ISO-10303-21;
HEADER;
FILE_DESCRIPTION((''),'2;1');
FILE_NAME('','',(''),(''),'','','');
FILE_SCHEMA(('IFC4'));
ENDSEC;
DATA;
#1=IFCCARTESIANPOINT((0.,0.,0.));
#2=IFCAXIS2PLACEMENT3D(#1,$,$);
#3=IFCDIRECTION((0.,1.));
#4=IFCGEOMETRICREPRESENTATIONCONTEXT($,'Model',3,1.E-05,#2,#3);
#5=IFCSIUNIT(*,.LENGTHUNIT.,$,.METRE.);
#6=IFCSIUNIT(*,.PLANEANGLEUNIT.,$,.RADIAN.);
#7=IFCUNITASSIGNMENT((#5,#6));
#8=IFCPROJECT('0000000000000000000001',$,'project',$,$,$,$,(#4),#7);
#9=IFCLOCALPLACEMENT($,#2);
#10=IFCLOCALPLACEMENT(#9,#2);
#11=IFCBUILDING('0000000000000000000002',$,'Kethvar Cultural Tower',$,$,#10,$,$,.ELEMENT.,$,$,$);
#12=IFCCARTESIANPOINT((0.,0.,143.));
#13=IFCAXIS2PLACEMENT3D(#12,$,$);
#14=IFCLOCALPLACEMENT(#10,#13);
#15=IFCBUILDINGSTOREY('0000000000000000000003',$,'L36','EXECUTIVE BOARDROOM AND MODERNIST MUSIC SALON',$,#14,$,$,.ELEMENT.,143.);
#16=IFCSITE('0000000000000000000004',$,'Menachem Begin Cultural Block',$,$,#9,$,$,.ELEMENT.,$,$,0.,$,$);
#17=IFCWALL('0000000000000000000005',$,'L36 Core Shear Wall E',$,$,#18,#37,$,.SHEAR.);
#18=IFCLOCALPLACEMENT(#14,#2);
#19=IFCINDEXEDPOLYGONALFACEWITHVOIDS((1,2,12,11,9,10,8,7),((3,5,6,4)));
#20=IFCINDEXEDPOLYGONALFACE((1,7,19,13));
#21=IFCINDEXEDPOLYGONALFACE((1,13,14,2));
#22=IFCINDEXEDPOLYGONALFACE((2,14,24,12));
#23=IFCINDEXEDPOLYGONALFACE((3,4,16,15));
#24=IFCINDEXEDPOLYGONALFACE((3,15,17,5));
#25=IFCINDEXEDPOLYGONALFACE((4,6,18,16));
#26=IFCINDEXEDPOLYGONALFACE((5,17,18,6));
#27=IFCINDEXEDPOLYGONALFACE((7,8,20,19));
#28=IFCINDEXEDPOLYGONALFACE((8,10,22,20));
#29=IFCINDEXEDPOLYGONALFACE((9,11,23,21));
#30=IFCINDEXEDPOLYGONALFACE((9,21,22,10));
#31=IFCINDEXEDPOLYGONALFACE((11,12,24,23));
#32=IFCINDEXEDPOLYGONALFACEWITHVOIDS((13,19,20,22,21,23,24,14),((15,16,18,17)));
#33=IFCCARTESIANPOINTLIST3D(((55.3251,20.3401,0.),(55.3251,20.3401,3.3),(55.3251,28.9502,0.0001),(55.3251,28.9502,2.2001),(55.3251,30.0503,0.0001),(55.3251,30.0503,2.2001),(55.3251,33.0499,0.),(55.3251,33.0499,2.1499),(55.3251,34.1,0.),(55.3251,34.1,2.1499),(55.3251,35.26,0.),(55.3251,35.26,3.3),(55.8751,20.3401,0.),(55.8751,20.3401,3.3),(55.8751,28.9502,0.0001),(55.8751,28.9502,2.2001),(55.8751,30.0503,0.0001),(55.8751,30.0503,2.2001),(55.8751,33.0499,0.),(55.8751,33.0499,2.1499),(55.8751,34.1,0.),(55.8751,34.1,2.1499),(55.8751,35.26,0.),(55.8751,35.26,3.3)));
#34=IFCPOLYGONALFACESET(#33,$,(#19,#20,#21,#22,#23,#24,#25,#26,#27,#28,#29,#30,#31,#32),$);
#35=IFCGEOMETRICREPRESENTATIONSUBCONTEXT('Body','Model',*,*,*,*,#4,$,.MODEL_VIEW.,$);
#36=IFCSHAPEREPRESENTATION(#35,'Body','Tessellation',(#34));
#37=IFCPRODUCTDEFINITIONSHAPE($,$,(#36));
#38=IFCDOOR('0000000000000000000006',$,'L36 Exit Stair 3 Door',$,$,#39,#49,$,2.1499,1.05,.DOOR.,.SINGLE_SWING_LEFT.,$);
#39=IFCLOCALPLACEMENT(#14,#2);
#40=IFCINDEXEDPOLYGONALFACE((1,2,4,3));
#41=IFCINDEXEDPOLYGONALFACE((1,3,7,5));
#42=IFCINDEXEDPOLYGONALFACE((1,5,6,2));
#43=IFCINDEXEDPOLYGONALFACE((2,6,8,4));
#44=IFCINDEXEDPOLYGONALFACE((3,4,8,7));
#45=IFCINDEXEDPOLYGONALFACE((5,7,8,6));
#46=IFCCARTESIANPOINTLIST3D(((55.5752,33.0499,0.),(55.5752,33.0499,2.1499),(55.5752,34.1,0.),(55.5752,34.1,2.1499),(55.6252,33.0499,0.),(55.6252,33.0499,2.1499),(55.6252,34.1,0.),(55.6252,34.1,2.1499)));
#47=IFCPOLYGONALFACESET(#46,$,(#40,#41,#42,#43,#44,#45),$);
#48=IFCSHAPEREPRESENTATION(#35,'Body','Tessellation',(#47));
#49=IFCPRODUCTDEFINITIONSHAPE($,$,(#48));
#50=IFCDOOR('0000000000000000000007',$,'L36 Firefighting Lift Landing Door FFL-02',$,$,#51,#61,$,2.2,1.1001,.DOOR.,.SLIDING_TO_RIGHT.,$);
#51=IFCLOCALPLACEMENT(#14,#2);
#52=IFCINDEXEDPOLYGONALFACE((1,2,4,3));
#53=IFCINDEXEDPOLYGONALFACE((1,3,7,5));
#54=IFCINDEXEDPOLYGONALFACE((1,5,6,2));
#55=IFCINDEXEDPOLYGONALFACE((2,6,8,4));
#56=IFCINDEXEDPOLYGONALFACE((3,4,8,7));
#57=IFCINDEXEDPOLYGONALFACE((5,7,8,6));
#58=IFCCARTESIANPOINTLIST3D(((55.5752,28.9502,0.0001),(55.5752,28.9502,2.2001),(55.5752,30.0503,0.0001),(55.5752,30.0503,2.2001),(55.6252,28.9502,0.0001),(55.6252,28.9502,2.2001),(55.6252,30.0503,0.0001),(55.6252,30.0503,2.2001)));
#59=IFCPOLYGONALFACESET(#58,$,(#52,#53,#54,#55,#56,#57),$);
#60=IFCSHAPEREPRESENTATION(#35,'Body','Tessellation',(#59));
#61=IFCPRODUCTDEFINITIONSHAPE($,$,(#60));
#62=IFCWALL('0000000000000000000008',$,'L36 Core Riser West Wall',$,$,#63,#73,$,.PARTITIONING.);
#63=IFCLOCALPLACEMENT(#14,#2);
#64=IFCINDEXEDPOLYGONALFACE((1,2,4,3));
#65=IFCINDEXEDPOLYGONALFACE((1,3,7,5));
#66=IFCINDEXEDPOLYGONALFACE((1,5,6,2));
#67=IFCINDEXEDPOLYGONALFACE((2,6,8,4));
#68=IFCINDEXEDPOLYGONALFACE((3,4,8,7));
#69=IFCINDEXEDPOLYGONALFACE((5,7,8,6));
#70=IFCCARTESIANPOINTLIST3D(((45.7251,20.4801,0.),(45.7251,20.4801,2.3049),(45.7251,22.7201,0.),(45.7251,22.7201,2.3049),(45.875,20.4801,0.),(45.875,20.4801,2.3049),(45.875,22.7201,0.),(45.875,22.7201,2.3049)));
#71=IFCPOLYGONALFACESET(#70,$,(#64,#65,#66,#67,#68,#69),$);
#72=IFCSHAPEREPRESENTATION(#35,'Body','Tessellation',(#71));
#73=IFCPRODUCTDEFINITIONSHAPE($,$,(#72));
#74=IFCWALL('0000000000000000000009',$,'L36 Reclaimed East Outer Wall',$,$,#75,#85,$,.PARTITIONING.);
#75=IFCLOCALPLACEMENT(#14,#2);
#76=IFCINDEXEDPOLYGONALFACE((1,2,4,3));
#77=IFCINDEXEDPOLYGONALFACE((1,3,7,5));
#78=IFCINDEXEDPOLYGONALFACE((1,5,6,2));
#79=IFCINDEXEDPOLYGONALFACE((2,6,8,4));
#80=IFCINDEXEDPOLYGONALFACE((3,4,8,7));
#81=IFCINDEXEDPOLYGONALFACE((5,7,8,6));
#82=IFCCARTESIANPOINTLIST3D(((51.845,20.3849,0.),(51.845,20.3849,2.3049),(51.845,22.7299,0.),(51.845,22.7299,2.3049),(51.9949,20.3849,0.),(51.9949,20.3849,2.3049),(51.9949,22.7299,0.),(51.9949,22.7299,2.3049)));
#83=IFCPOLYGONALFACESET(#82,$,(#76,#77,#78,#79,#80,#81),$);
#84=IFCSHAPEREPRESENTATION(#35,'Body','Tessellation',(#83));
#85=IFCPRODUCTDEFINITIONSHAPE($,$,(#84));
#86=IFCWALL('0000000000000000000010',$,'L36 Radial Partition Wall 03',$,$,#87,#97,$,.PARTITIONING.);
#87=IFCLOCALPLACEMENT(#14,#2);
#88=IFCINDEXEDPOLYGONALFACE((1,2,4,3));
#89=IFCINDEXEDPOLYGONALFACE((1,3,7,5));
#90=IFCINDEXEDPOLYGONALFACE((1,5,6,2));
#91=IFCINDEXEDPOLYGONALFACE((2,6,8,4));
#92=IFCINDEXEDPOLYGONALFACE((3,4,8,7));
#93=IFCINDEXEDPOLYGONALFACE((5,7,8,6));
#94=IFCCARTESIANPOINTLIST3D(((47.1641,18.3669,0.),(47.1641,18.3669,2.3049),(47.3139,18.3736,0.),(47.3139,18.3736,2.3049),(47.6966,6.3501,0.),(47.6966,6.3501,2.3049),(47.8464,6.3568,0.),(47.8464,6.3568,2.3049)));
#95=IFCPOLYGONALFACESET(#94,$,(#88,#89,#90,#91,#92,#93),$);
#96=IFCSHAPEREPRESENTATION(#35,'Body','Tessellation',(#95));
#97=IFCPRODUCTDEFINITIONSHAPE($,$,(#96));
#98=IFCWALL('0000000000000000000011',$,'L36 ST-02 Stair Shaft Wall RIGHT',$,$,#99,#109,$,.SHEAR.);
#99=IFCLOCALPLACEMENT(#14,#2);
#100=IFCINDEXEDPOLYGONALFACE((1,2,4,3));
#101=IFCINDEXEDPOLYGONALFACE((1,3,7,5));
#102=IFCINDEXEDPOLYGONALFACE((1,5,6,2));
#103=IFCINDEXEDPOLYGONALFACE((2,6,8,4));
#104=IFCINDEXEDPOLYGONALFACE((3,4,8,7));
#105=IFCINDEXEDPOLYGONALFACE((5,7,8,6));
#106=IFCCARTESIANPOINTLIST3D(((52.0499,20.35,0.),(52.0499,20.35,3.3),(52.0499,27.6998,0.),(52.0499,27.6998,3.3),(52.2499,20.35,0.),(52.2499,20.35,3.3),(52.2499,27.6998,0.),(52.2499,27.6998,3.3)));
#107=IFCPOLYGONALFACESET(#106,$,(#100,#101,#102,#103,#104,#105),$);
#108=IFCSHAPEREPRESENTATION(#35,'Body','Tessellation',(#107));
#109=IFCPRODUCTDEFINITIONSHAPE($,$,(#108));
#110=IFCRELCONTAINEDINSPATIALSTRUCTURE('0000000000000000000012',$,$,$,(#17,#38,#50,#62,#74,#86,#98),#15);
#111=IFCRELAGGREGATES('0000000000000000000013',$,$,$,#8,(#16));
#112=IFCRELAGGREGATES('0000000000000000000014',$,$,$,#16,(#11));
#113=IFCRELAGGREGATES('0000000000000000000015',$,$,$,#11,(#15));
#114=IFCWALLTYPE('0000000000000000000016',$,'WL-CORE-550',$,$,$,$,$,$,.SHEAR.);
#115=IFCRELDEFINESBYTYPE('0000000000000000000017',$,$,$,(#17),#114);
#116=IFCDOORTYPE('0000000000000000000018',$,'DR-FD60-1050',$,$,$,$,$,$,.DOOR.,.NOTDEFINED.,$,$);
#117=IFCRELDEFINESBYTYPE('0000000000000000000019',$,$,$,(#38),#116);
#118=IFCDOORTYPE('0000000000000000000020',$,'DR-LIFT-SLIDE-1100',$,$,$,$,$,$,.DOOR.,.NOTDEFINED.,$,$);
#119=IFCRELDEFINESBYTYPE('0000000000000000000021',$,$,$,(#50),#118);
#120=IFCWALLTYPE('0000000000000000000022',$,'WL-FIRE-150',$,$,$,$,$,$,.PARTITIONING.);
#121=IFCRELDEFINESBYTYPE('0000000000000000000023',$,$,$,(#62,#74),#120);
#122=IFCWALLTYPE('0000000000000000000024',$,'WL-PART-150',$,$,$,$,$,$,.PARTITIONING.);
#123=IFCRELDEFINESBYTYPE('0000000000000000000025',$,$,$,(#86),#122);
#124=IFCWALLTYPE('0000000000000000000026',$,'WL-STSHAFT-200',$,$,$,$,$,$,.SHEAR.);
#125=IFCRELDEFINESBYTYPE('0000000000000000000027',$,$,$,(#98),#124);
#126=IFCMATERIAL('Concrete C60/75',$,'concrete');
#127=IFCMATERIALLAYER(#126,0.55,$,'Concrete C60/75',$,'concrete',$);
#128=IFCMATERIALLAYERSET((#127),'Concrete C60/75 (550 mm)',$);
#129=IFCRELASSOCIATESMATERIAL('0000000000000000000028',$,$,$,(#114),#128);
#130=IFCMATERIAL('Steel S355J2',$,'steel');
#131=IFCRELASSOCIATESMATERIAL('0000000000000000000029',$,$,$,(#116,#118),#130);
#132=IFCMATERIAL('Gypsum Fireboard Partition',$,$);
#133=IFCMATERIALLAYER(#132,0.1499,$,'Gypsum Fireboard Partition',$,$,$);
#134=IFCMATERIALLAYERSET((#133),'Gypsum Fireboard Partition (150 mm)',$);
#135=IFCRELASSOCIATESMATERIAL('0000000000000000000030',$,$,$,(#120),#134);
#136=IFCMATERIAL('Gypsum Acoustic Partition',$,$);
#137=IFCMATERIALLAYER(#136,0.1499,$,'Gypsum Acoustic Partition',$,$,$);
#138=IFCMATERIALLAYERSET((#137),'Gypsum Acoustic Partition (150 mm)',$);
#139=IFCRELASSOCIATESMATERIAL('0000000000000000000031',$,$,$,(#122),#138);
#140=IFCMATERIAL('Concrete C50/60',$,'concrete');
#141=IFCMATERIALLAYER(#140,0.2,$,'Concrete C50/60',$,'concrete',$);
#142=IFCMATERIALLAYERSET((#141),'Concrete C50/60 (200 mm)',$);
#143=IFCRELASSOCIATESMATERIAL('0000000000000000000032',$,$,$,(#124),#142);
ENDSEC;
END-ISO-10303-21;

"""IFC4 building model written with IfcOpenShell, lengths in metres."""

from ifc_helpers import new_model, si_unit, direction, frame, frame_2d, origin, place, context, subcontext, project, spatial, rectangle, extrude, source, transform, mapped, material, layer, layer_set, type_object, element, fill, save


model = new_model("IFC4")

# Units and contexts
model_context = context("Model", 3, precision=1e-05, world=origin(), true_north=direction((0.0, 1.0)))
body_context = subcontext(model_context, "Body", "Model", "MODEL_VIEW")
ifc_project = project(units=[si_unit("LENGTHUNIT", "METRE"), si_unit("PLANEANGLEUNIT", "RADIAN")], contexts=[model_context])

# Site, building, storey
site_placement = place(None, origin())
site = spatial("IfcSite", under=ifc_project, at=site_placement, Name="Menachem Begin Cultural Block", CompositionType="ELEMENT", RefElevation=0.0)
building_placement = place(site_placement, origin())
building = spatial("IfcBuilding", under=site, at=building_placement, Name="Kethvar Cultural Tower", CompositionType="ELEMENT")
storey_placement = place(building_placement, frame((0.0, 0.0, 143.0)))
storey = spatial("IfcBuildingStorey", under=building, at=storey_placement, Name="L36", Description="EXECUTIVE BOARDROOM AND MODERNIST MUSIC SALON", CompositionType="ELEMENT", Elevation=143.0)

# Shared definitions
ifc_material_1 = material(Name="Steel S355J2", Category="steel")

# Wall, openings, doors
ifc_material_2 = material(Name="Concrete C60/75", Category="concrete")
ifc_layer_1 = layer(ifc_material_2, 0.55, Name="Concrete C60/75", Category="concrete")
ifc_layer_set_1 = layer_set([ifc_layer_1], Name="Concrete C60/75 (550 mm)")
wall_type_1 = type_object("IfcWallType", Name="WL-CORE-550", PredefinedType="SHEAR", material=ifc_layer_set_1)
wall_1_placement = place(storey_placement, frame((55.6001, 20.3401, 0.0), z_axis=(0.0, 0.0, 1.0), x_axis=(0.0, 1.0, 0.0)))
wall_1 = element("IfcWall", 1, at=wall_1_placement, inside=storey, type_object=wall_type_1, Name="L36 Core Shear Wall E", PredefinedType="SHEAR", context=body_context, shape_type="SweptSolid", body=[
    extrude(rectangle(XDim=14.9199, YDim=0.55, at=frame_2d((7.46, 0.0))), origin(), (0.0, 0.0, 1.0), 3.3),
])
opening_1_placement = place(wall_1_placement, frame((12.71, 0.0, 0.0)))
opening_1 = element("IfcOpeningElement", 2, at=opening_1_placement, cuts=wall_1, PredefinedType="OPENING", context=body_context, shape_type="SweptSolid", body=[
    extrude(rectangle(XDim=1.05, YDim=2.1499, at=frame_2d((0.5249, 1.075))), frame((0.0, 0.2849, 0.0), z_axis=(0.0, -1.0, 0.0), x_axis=(1.0, 0.0, 0.0)), (0.0, 0.0, 1.0), 0.5701),
])
opening_2_placement = place(wall_1_placement, frame((8.6101, 0.0, 0.0)))
opening_2 = element("IfcOpeningElement", 3, at=opening_2_placement, cuts=wall_1, PredefinedType="OPENING", context=body_context, shape_type="SweptSolid", body=[
    extrude(rectangle(XDim=1.1001, YDim=2.2, at=frame_2d((0.55, 1.1001))), frame((0.0, 0.2849, 0.0), z_axis=(0.0, -1.0, 0.0), x_axis=(1.0, 0.0, 0.0)), (0.0, 0.0, 1.0), 0.5701),
])
door_type_1 = type_object("IfcDoorType", Name="DR-FD60-1050", OperationType="NOTDEFINED", PredefinedType="DOOR", material=ifc_material_1)
shared_shape_1 = source(origin(), body_context, "Body", "SweptSolid", [
    extrude(rectangle(XDim=1.05, YDim=2.1499, at=frame_2d((0.5249, 1.075))), frame((0.0, 0.0249, 0.0), z_axis=(0.0, -1.0, 0.0), x_axis=(1.0, 0.0, 0.0)), (0.0, 0.0, 1.0), 0.05),
])
door_1_placement = place(opening_1_placement, origin())
door_1 = element("IfcDoor", 4, at=door_1_placement, inside=storey, type_object=door_type_1, Name="L36 Exit Stair 3 Door", OperationType="SINGLE_SWING_LEFT", OverallHeight=2.1499, OverallWidth=1.05, PredefinedType="DOOR", context=body_context, shape_type="MappedRepresentation", body=[
    mapped(shared_shape_1, transform((0.0, 0.0, 0.0), scale=1.0)),
])
fill(opening_1, door_1)
door_type_2 = type_object("IfcDoorType", Name="DR-LIFT-SLIDE-1100", OperationType="NOTDEFINED", PredefinedType="DOOR", material=ifc_material_1)
shared_shape_2 = source(origin(), body_context, "Body", "SweptSolid", [
    extrude(rectangle(XDim=1.1001, YDim=2.2, at=frame_2d((0.55, 1.1001))), frame((0.0, 0.0249, 0.0), z_axis=(0.0, -1.0, 0.0), x_axis=(1.0, 0.0, 0.0)), (0.0, 0.0, 1.0), 0.05),
])
door_2_placement = place(opening_2_placement, origin())
door_2 = element("IfcDoor", 5, at=door_2_placement, inside=storey, type_object=door_type_2, Name="L36 Firefighting Lift Landing Door FFL-02", OperationType="SLIDING_TO_RIGHT", OverallHeight=2.2, OverallWidth=1.1001, PredefinedType="DOOR", context=body_context, shape_type="MappedRepresentation", body=[
    mapped(shared_shape_2, transform((0.0, 0.0, 0.0), scale=1.0)),
])
fill(opening_2, door_2)

# Walls
ifc_material_3 = material(Name="Gypsum Fireboard Partition")
ifc_layer_2 = layer(ifc_material_3, 0.1499, Name="Gypsum Fireboard Partition")
ifc_layer_set_2 = layer_set([ifc_layer_2], Name="Gypsum Fireboard Partition (150 mm)")
wall_type_2 = type_object("IfcWallType", Name="WL-FIRE-150", PredefinedType="PARTITIONING", material=ifc_layer_set_2)
wall_2_placement = place(storey_placement, frame((45.8, 20.48, 0.0), z_axis=(0.0, 0.0, 1.0), x_axis=(0.0, 1.0, 0.0)))
element("IfcWall", 6, at=wall_2_placement, inside=storey, type_object=wall_type_2, Name="L36 Core Riser West Wall", PredefinedType="PARTITIONING", context=body_context, shape_type="SweptSolid", body=[
    extrude(rectangle(XDim=2.24, YDim=0.1499, at=frame_2d((1.1201, 0.0))), origin(), (0.0, 0.0, 1.0), 2.3049),
])
wall_3_placement = place(storey_placement, frame((51.9199, 20.385, 0.0), z_axis=(0.0, 0.0, 1.0), x_axis=(0.0, 1.0, 0.0)))
element("IfcWall", 7, at=wall_3_placement, inside=storey, type_object=wall_type_2, Name="L36 Reclaimed East Outer Wall", PredefinedType="PARTITIONING", context=body_context, shape_type="SweptSolid", body=[
    extrude(rectangle(XDim=2.345, YDim=0.1499, at=frame_2d((1.1724, 0.0))), origin(), (0.0, 0.0, 1.0), 2.3049),
])
ifc_material_4 = material(Name="Gypsum Acoustic Partition")
ifc_layer_3 = layer(ifc_material_4, 0.1499, Name="Gypsum Acoustic Partition")
ifc_layer_set_3 = layer_set([ifc_layer_3], Name="Gypsum Acoustic Partition (150 mm)")
wall_type_3 = type_object("IfcWallType", Name="WL-PART-150", PredefinedType="PARTITIONING", material=ifc_layer_set_3)
wall_4_placement = place(storey_placement, frame((47.239, 18.3701, 0.0), z_axis=(0.0, 0.0, 1.0), x_axis=(0.044267, -0.99902, 0.0)))
element("IfcWall", 8, at=wall_4_placement, inside=storey, type_object=wall_type_3, Name="L36 Radial Partition Wall 03", PredefinedType="PARTITIONING", context=body_context, shape_type="SweptSolid", body=[
    extrude(rectangle(XDim=12.0286, YDim=0.1499, at=frame_2d((6.0142, 0.0))), origin(), (0.0, 0.0, 1.0), 2.3049),
])
ifc_material_5 = material(Name="Concrete C50/60", Category="concrete")
ifc_layer_4 = layer(ifc_material_5, 0.2, Name="Concrete C50/60", Category="concrete")
ifc_layer_set_4 = layer_set([ifc_layer_4], Name="Concrete C50/60 (200 mm)")
wall_type_4 = type_object("IfcWallType", Name="WL-STSHAFT-200", PredefinedType="SHEAR", material=ifc_layer_set_4)
wall_5_placement = place(storey_placement, frame((52.1499, 20.3501, 0.0), z_axis=(0.0, 0.0, 1.0), x_axis=(0.0, 1.0, 0.0)))
element("IfcWall", 9, at=wall_5_placement, inside=storey, type_object=wall_type_4, Name="L36 ST-02 Stair Shaft Wall RIGHT", PredefinedType="SHEAR", context=body_context, shape_type="SweptSolid", body=[
    extrude(rectangle(XDim=7.3499, YDim=0.2, at=frame_2d((3.6748, 0.0))), origin(), (0.0, 0.0, 1.0), 3.3),
])

save(model, "model.ifc")
